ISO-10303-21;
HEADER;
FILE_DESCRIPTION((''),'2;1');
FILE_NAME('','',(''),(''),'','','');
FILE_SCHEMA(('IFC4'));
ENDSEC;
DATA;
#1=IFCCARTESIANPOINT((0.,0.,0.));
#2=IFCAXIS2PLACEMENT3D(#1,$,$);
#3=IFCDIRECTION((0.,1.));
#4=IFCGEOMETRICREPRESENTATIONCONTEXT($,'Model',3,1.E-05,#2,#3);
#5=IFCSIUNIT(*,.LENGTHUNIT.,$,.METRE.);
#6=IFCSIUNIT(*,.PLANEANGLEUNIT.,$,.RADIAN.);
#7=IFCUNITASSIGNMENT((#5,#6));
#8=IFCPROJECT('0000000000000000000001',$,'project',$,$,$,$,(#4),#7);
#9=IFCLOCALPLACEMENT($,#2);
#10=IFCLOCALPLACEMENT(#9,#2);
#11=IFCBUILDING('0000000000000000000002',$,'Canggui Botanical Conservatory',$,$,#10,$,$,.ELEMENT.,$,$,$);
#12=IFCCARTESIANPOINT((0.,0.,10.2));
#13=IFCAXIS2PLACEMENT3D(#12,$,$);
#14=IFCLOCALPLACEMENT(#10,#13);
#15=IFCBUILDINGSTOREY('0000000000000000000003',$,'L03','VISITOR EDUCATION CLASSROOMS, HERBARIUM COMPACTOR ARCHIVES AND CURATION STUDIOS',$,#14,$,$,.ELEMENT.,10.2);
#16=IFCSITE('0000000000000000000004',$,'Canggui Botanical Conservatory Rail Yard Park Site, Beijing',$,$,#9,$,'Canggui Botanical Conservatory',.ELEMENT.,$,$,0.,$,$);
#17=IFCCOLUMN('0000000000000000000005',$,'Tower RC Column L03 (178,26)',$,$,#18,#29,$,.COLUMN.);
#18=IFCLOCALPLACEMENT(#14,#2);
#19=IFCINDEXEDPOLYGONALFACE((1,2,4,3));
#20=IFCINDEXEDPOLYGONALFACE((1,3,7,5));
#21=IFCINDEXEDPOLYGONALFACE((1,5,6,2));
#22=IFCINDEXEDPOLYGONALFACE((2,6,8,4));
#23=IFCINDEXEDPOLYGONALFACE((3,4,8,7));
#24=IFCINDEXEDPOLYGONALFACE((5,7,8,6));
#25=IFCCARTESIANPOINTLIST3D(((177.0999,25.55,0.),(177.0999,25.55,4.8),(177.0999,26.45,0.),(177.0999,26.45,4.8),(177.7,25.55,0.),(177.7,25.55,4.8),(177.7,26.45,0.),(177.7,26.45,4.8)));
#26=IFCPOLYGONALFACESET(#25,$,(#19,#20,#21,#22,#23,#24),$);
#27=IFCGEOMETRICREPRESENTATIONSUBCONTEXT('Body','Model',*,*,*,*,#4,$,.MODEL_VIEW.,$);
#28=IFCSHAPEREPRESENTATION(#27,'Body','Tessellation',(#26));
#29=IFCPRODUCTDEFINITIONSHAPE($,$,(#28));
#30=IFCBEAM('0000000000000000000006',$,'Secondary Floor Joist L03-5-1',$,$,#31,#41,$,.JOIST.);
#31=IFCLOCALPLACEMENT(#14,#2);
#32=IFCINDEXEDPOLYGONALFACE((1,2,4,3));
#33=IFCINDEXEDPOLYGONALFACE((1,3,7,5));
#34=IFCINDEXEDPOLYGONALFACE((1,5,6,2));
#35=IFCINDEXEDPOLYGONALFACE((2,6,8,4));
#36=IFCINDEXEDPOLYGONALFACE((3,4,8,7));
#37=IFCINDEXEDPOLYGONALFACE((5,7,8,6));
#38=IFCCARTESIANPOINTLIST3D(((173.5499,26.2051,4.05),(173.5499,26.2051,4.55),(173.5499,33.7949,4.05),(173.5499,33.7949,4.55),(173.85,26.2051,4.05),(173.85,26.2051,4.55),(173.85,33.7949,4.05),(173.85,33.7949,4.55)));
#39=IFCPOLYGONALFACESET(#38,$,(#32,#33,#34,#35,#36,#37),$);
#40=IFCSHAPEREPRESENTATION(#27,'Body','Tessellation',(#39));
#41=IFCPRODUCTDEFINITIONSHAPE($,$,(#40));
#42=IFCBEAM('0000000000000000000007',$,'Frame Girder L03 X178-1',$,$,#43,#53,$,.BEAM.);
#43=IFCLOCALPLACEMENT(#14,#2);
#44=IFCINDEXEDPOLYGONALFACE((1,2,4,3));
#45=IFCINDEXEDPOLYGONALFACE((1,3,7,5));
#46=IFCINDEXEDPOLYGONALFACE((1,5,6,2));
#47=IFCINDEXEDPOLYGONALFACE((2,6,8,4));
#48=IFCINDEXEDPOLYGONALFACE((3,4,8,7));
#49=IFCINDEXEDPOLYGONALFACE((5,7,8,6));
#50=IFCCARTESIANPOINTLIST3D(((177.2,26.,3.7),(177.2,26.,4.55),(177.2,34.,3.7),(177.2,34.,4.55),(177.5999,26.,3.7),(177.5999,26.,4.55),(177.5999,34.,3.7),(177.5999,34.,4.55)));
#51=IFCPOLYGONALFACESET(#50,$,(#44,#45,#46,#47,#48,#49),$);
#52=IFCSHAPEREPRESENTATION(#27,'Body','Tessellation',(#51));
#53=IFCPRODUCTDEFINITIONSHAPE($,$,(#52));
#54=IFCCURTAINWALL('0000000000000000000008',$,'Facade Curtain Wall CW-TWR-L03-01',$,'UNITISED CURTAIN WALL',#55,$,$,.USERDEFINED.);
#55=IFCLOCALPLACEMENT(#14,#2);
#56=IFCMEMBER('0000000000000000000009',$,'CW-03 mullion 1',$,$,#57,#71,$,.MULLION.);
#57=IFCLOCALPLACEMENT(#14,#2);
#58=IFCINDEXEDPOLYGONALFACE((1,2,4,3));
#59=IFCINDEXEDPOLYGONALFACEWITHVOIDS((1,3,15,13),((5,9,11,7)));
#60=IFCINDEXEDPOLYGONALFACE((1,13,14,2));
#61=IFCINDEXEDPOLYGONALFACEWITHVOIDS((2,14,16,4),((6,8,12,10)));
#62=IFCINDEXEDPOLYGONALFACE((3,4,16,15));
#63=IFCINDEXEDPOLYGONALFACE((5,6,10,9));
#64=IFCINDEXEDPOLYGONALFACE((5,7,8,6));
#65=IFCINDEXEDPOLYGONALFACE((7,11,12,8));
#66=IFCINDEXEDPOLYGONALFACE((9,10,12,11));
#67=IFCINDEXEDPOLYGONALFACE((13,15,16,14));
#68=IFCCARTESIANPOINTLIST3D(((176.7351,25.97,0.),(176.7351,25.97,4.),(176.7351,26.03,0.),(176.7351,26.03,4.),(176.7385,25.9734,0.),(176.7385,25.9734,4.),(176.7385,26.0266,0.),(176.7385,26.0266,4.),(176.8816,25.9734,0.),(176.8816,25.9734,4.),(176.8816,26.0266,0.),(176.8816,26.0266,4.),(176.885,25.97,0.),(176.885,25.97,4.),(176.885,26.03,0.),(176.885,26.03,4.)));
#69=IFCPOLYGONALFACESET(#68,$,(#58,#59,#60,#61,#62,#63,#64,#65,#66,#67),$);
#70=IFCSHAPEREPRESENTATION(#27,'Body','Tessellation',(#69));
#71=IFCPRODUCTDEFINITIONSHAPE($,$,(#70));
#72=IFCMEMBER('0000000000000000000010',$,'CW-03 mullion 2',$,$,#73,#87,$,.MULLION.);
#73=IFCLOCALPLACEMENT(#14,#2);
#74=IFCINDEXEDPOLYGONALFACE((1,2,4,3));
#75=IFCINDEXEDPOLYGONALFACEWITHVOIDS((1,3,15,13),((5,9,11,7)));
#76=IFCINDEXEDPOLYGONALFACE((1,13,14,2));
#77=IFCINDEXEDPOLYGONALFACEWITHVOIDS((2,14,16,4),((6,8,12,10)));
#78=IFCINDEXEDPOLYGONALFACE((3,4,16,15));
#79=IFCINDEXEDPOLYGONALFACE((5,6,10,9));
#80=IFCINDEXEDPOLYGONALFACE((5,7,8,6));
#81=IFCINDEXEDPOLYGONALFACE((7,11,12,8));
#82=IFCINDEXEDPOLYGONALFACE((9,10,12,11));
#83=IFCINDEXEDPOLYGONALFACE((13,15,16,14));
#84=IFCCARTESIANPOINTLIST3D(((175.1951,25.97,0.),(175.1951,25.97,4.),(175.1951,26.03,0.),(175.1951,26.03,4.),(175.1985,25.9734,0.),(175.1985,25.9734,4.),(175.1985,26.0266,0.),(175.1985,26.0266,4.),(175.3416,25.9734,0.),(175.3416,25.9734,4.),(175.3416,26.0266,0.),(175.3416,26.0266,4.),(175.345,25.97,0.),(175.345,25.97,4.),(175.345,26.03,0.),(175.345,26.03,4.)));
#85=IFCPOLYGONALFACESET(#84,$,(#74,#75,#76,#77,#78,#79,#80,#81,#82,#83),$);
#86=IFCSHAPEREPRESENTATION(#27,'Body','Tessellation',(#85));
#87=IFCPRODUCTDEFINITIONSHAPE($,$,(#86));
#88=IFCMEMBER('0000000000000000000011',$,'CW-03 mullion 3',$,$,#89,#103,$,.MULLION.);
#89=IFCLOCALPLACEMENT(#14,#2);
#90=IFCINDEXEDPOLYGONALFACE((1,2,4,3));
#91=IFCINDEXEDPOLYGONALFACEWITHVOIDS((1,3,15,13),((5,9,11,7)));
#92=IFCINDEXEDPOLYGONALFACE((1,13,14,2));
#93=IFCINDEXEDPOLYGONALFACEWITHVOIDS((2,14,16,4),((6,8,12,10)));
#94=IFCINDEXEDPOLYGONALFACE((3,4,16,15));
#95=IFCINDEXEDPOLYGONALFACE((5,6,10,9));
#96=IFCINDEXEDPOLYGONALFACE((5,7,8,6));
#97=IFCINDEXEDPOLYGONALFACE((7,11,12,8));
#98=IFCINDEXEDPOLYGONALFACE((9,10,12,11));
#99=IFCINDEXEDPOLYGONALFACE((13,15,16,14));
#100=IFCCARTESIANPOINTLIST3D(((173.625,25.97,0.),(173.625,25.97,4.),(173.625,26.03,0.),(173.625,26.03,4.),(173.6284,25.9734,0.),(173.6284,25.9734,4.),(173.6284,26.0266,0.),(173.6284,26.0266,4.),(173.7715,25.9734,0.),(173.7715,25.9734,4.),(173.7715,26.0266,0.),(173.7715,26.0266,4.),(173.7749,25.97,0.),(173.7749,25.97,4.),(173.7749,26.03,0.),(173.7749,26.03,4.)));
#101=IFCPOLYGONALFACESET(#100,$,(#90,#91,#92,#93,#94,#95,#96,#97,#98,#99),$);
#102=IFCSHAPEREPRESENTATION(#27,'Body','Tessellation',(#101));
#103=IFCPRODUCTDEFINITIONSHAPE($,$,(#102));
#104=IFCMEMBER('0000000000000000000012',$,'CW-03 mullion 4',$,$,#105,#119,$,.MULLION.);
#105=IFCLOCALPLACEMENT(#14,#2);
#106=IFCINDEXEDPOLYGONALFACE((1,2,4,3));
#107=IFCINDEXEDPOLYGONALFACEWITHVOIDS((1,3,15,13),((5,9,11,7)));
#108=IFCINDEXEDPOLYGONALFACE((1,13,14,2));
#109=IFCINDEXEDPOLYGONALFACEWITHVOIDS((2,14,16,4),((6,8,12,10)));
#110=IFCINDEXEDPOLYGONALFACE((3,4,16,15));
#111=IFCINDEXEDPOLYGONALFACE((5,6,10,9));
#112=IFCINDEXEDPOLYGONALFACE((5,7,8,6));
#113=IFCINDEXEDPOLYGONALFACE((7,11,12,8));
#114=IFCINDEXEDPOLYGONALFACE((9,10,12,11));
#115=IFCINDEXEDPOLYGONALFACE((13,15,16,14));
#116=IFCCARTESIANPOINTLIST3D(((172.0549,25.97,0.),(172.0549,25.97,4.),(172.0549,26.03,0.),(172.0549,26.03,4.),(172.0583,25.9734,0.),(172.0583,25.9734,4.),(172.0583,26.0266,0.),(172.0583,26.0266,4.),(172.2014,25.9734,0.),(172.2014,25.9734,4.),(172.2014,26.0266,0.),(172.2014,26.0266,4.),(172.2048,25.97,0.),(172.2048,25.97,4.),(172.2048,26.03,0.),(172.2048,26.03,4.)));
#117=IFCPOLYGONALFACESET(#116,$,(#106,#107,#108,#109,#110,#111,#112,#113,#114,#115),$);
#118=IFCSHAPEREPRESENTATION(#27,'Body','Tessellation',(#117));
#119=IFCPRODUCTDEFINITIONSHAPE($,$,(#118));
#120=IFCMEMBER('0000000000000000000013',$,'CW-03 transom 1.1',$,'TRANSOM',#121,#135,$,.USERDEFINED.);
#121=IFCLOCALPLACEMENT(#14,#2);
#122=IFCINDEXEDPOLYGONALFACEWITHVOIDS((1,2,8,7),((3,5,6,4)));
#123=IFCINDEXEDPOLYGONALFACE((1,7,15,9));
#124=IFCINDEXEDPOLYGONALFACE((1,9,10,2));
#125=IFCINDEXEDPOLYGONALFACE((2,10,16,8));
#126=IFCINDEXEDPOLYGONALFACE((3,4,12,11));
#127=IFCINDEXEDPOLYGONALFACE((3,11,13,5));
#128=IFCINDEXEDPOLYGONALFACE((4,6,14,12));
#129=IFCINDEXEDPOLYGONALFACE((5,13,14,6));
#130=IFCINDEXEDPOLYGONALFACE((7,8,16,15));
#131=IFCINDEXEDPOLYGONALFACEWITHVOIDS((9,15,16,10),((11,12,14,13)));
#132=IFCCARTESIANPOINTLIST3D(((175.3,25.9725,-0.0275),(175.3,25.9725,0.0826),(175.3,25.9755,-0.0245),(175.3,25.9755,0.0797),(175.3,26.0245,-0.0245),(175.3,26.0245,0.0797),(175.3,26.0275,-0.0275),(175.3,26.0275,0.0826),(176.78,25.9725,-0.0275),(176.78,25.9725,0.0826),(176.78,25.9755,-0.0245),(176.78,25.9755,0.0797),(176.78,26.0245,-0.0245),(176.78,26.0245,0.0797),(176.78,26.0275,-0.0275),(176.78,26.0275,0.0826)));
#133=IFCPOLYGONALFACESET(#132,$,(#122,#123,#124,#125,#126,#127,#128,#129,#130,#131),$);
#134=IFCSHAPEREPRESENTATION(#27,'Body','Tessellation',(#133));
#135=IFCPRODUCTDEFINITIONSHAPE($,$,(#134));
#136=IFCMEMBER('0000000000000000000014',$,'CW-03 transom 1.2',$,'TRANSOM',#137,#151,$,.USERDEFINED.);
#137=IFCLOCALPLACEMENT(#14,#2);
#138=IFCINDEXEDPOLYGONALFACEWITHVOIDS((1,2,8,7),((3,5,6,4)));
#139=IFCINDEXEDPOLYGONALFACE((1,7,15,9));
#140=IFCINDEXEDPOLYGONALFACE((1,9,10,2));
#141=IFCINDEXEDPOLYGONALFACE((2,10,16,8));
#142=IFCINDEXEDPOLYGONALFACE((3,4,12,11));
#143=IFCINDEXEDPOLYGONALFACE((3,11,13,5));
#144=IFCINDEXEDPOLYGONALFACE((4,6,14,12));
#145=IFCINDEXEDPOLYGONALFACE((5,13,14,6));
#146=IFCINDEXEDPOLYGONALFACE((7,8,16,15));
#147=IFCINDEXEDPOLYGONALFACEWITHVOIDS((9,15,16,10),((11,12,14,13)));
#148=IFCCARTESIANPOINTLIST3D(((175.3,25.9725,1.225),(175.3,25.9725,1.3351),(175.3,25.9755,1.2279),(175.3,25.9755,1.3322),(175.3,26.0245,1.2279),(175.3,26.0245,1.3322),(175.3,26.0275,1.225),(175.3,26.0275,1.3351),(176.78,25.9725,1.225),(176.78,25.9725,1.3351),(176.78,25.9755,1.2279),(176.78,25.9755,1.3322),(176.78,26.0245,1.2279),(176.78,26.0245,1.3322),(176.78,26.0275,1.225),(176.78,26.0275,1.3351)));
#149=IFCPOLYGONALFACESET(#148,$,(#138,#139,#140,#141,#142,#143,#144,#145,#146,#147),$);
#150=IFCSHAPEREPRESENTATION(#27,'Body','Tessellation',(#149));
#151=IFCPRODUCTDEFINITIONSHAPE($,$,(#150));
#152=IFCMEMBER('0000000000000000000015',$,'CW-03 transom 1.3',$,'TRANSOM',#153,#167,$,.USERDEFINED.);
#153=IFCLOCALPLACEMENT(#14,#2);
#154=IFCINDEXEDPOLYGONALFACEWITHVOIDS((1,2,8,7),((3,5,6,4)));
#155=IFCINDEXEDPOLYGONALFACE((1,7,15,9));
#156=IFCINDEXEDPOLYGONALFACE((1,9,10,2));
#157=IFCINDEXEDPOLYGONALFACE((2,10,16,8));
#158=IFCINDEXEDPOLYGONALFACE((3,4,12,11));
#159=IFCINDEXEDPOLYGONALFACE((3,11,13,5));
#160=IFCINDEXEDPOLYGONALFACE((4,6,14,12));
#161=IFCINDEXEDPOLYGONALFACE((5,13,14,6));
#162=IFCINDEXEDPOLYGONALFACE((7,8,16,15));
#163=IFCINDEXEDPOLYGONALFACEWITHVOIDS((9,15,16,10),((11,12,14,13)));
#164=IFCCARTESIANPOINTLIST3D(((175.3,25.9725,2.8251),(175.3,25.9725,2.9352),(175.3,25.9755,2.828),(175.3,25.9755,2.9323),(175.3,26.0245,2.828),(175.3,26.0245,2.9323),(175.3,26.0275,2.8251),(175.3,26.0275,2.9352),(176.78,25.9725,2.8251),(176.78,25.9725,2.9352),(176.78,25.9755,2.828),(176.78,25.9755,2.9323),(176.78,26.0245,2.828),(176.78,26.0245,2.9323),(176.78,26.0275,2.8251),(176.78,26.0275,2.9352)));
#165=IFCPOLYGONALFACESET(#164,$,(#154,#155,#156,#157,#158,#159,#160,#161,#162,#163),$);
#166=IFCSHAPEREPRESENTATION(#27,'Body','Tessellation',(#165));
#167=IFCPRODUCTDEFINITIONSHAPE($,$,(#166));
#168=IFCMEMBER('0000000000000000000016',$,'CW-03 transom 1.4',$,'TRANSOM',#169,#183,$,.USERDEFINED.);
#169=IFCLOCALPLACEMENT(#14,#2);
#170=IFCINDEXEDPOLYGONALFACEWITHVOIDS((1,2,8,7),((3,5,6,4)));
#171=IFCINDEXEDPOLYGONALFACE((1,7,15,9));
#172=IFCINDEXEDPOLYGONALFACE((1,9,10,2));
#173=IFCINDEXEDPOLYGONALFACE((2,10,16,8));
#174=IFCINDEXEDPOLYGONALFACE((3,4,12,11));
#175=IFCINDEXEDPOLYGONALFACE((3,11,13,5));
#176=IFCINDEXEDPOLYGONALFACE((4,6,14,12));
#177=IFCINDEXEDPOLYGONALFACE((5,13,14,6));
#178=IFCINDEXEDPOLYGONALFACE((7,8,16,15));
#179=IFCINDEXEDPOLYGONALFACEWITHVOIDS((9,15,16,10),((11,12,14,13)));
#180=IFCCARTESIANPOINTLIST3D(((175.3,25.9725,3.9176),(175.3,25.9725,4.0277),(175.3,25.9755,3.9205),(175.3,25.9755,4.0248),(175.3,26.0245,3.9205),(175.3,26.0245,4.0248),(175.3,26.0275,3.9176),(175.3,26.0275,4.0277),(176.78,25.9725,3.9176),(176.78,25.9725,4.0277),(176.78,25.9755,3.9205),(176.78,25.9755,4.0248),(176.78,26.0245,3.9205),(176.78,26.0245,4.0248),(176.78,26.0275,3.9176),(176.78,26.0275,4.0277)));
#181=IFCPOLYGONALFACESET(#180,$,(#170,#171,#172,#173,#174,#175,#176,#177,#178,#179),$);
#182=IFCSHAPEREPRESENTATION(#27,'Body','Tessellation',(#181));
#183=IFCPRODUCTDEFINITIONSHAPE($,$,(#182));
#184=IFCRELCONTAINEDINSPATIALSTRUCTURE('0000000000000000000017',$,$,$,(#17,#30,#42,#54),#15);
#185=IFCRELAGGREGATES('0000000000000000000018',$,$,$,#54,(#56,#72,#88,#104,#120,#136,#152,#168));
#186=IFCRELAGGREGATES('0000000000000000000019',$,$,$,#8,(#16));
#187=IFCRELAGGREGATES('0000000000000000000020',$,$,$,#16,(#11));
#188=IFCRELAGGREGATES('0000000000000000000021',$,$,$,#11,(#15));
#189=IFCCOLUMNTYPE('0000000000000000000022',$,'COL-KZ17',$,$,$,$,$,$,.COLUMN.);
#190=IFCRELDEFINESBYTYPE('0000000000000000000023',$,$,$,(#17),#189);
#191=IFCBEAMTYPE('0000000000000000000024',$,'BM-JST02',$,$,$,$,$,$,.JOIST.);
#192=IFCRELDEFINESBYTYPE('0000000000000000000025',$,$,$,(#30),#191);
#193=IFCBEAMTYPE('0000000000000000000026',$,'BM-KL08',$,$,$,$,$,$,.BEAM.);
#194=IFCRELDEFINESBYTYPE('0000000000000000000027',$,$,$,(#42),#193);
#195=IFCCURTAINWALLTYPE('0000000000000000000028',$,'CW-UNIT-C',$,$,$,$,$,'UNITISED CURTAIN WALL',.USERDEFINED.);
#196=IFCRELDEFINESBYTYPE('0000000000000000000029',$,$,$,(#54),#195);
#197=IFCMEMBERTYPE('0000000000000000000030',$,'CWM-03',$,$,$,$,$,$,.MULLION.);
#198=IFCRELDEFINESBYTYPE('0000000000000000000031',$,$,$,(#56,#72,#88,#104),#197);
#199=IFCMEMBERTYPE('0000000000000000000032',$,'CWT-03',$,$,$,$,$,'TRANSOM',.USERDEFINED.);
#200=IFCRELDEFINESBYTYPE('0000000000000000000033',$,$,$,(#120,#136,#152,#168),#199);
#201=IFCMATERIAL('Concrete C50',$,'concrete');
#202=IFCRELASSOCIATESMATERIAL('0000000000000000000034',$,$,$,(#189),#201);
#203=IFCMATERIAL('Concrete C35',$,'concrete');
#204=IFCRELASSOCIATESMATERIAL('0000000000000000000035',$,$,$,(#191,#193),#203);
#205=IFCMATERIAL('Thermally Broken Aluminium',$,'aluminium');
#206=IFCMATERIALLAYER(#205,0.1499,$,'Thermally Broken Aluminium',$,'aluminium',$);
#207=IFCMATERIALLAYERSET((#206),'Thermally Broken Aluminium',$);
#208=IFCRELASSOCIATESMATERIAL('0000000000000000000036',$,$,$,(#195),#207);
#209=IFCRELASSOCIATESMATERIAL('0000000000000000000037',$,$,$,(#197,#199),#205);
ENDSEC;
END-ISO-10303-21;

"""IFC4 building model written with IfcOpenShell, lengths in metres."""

from ifc_helpers import new_model, si_unit, direction, frame, origin, origin_2d, place, context, subcontext, project, spatial, rectangle, hollow_rectangle, extrude, material, layer, layer_set, material_profile, profile_set, type_object, element, aggregate, save


model = new_model("IFC4")

# Units and contexts
model_context = context("Model", 3, precision=1e-05, world=origin(), true_north=direction((0.0, 1.0)))
body_context = subcontext(model_context, "Body", "Model", "MODEL_VIEW")
ifc_project = project(units=[si_unit("LENGTHUNIT", "METRE"), si_unit("PLANEANGLEUNIT", "RADIAN")], contexts=[model_context])

# Site, building, storey
site_placement = place(None, origin())
site = spatial("IfcSite", under=ifc_project, at=site_placement, Name="Canggui Botanical Conservatory Rail Yard Park Site, Beijing", LongName="Canggui Botanical Conservatory", CompositionType="ELEMENT", RefElevation=0.0)
building_placement = place(site_placement, origin())
building = spatial("IfcBuilding", under=site, at=building_placement, Name="Canggui Botanical Conservatory", CompositionType="ELEMENT")
storey_placement = place(building_placement, frame((0.0, 0.0, 10.2)))
storey = spatial("IfcBuildingStorey", under=building, at=storey_placement, Name="L03", Description="VISITOR EDUCATION CLASSROOMS, HERBARIUM COMPACTOR ARCHIVES AND CURATION STUDIOS", CompositionType="ELEMENT", Elevation=10.2)

# Column
ifc_material_1 = material(Name="Concrete C50", Category="concrete")
ifc_material_profile_1 = material_profile(ifc_material_1, rectangle(XDim=0.6001, YDim=0.8999, at=origin_2d()), Name="RC 600x900")
ifc_profile_set_1 = profile_set([ifc_material_profile_1], Name="Concrete C50")
column_type = type_object("IfcColumnType", Name="COL-KZ17", PredefinedType="COLUMN", material=ifc_profile_set_1)
column_placement = place(storey_placement, frame((177.3999, 26.0, 0.0), z_axis=(0.0, 0.0, 1.0), x_axis=(1.0, 0.0, 0.0)))
element("IfcColumn", 1, at=column_placement, inside=storey, type_object=column_type, Name="Tower RC Column L03 (178,26)", PredefinedType="COLUMN", context=body_context, shape_type="SweptSolid", body=[
    extrude(rectangle(XDim=0.6001, YDim=0.8999, at=origin_2d()), origin(), (0.0, 0.0, 1.0), 4.8),
])

# Beams
ifc_material_2 = material(Name="Concrete C35", Category="concrete")
ifc_material_profile_2 = material_profile(ifc_material_2, rectangle(XDim=0.3, YDim=0.5, at=origin_2d()), Name="RB 300x500")
ifc_profile_set_2 = profile_set([ifc_material_profile_2], Name="Concrete C35")
beam_type_1 = type_object("IfcBeamType", Name="BM-JST02", PredefinedType="JOIST", material=ifc_profile_set_2)
beam_1_placement = place(storey_placement, frame((173.7, 26.2051, 4.3), z_axis=(0.0, 1.0, 0.0), x_axis=(-1.0, 0.0, 0.0)))
element("IfcBeam", 2, at=beam_1_placement, inside=storey, type_object=beam_type_1, Name="Secondary Floor Joist L03-5-1", PredefinedType="JOIST", context=body_context, shape_type="SweptSolid", body=[
    extrude(rectangle(XDim=0.3, YDim=0.5, at=origin_2d()), origin(), (0.0, 0.0, 1.0), 7.5898),
])
ifc_material_profile_3 = material_profile(ifc_material_2, rectangle(XDim=0.3999, YDim=0.8501, at=origin_2d()), Name="RB 400x850")
ifc_profile_set_3 = profile_set([ifc_material_profile_3], Name="Concrete C35")
beam_type_2 = type_object("IfcBeamType", Name="BM-KL08", PredefinedType="BEAM", material=ifc_profile_set_3)
beam_2_placement = place(storey_placement, frame((177.3999, 26.0, 4.125), z_axis=(0.0, 1.0, 0.0), x_axis=(-1.0, 0.0, 0.0)))
element("IfcBeam", 3, at=beam_2_placement, inside=storey, type_object=beam_type_2, Name="Frame Girder L03 X178-1", PredefinedType="BEAM", context=body_context, shape_type="SweptSolid", body=[
    extrude(rectangle(XDim=0.3999, YDim=0.8501, at=origin_2d()), origin(), (0.0, 0.0, 1.0), 8.0),
])

# Curtain wall, members
ifc_material_3 = material(Name="Thermally Broken Aluminium", Category="aluminium")
ifc_layer_1 = layer(ifc_material_3, 0.1499, Name="Thermally Broken Aluminium", Category="aluminium")
ifc_layer_set_1 = layer_set([ifc_layer_1], Name="Thermally Broken Aluminium")
curtain_wall_type = type_object("IfcCurtainWallType", Name="CW-UNIT-C", ElementType="UNITISED CURTAIN WALL", PredefinedType="USERDEFINED", material=ifc_layer_set_1)
curtain_wall_placement = place(storey_placement, origin())
curtain_wall = element("IfcCurtainWall", 4, at=curtain_wall_placement, inside=storey, type_object=curtain_wall_type, Name="Facade Curtain Wall CW-TWR-L03-01", ObjectType="UNITISED CURTAIN WALL", PredefinedType="USERDEFINED")
ifc_material_profile_4 = material_profile(ifc_material_3, hollow_rectangle(XDim=0.0601, YDim=0.1499, WallThickness=0.0034, at=origin_2d()), Name="CWM 60x150x3.5")
ifc_profile_set_4 = profile_set([ifc_material_profile_4], Name="Thermally Broken Aluminium")
member_type_1 = type_object("IfcMemberType", Name="CWM-03", PredefinedType="MULLION", material=ifc_profile_set_4)
member_1_placement = place(storey_placement, frame((176.8101, 26.0, 0.0), z_axis=(0.0, 0.0, 1.0), x_axis=(0.0, -1.0, 0.0)))
member_1 = element("IfcMember", 5, at=member_1_placement, type_object=member_type_1, Name="CW-03 mullion 1", PredefinedType="MULLION", context=body_context, shape_type="SweptSolid", body=[
    extrude(hollow_rectangle(XDim=0.0601, YDim=0.1499, WallThickness=0.0034, at=origin_2d()), origin(), (0.0, 0.0, 1.0), 4.0),
])
member_2_placement = place(storey_placement, frame((175.27, 26.0, 0.0), z_axis=(0.0, 0.0, 1.0), x_axis=(0.0, -1.0, 0.0)))
member_2 = element("IfcMember", 6, at=member_2_placement, type_object=member_type_1, Name="CW-03 mullion 2", PredefinedType="MULLION", context=body_context, shape_type="SweptSolid", body=[
    extrude(hollow_rectangle(XDim=0.0601, YDim=0.1499, WallThickness=0.0034, at=origin_2d()), origin(), (0.0, 0.0, 1.0), 4.0),
])
member_3_placement = place(storey_placement, frame((173.7, 26.0, 0.0), z_axis=(0.0, 0.0, 1.0), x_axis=(0.0, -1.0, 0.0)))
member_3 = element("IfcMember", 7, at=member_3_placement, type_object=member_type_1, Name="CW-03 mullion 3", PredefinedType="MULLION", context=body_context, shape_type="SweptSolid", body=[
    extrude(hollow_rectangle(XDim=0.0601, YDim=0.1499, WallThickness=0.0034, at=origin_2d()), origin(), (0.0, 0.0, 1.0), 4.0),
])
member_4_placement = place(storey_placement, frame((172.1299, 26.0, 0.0), z_axis=(0.0, 0.0, 1.0), x_axis=(0.0, -1.0, 0.0)))
member_4 = element("IfcMember", 8, at=member_4_placement, type_object=member_type_1, Name="CW-03 mullion 4", PredefinedType="MULLION", context=body_context, shape_type="SweptSolid", body=[
    extrude(hollow_rectangle(XDim=0.0601, YDim=0.1499, WallThickness=0.0034, at=origin_2d()), origin(), (0.0, 0.0, 1.0), 4.0),
])
ifc_material_profile_5 = material_profile(ifc_material_3, hollow_rectangle(XDim=0.0549, YDim=0.1101, WallThickness=0.0029, at=origin_2d()), Name="CWT 55x110x3")
ifc_profile_set_5 = profile_set([ifc_material_profile_5], Name="Thermally Broken Aluminium")
member_type_2 = type_object("IfcMemberType", Name="CWT-03", ElementType="TRANSOM", PredefinedType="USERDEFINED", material=ifc_profile_set_5)
member_5_placement = place(storey_placement, frame((176.78, 26.0, 0.0276), z_axis=(-1.0, 0.0, 0.0), x_axis=(0.0, -1.0, 0.0)))
member_5 = element("IfcMember", 9, at=member_5_placement, type_object=member_type_2, Name="CW-03 transom 1.1", ObjectType="TRANSOM", PredefinedType="USERDEFINED", context=body_context, shape_type="SweptSolid", body=[
    extrude(hollow_rectangle(XDim=0.0549, YDim=0.1101, WallThickness=0.0029, at=origin_2d()), origin(), (0.0, 0.0, 1.0), 1.48),
])
member_6_placement = place(storey_placement, frame((176.78, 26.0, 1.28), z_axis=(-1.0, 0.0, 0.0), x_axis=(0.0, -1.0, 0.0)))
member_6 = element("IfcMember", 10, at=member_6_placement, type_object=member_type_2, Name="CW-03 transom 1.2", ObjectType="TRANSOM", PredefinedType="USERDEFINED", context=body_context, shape_type="SweptSolid", body=[
    extrude(hollow_rectangle(XDim=0.0549, YDim=0.1101, WallThickness=0.0029, at=origin_2d()), origin(), (0.0, 0.0, 1.0), 1.48),
])
member_7_placement = place(storey_placement, frame((176.78, 26.0, 2.8801), z_axis=(-1.0, 0.0, 0.0), x_axis=(0.0, -1.0, 0.0)))
member_7 = element("IfcMember", 11, at=member_7_placement, type_object=member_type_2, Name="CW-03 transom 1.3", ObjectType="TRANSOM", PredefinedType="USERDEFINED", context=body_context, shape_type="SweptSolid", body=[
    extrude(hollow_rectangle(XDim=0.0549, YDim=0.1101, WallThickness=0.0029, at=origin_2d()), origin(), (0.0, 0.0, 1.0), 1.48),
])
member_8_placement = place(storey_placement, frame((176.78, 26.0, 3.9727), z_axis=(-1.0, 0.0, 0.0), x_axis=(0.0, -1.0, 0.0)))
member_8 = element("IfcMember", 12, at=member_8_placement, type_object=member_type_2, Name="CW-03 transom 1.4", ObjectType="TRANSOM", PredefinedType="USERDEFINED", context=body_context, shape_type="SweptSolid", body=[
    extrude(hollow_rectangle(XDim=0.0549, YDim=0.1101, WallThickness=0.0029, at=origin_2d()), origin(), (0.0, 0.0, 1.0), 1.48),
])
aggregate(curtain_wall, [member_1, member_2, member_3, member_4, member_5, member_6, member_7, member_8])

save(model, "model.ifc")
